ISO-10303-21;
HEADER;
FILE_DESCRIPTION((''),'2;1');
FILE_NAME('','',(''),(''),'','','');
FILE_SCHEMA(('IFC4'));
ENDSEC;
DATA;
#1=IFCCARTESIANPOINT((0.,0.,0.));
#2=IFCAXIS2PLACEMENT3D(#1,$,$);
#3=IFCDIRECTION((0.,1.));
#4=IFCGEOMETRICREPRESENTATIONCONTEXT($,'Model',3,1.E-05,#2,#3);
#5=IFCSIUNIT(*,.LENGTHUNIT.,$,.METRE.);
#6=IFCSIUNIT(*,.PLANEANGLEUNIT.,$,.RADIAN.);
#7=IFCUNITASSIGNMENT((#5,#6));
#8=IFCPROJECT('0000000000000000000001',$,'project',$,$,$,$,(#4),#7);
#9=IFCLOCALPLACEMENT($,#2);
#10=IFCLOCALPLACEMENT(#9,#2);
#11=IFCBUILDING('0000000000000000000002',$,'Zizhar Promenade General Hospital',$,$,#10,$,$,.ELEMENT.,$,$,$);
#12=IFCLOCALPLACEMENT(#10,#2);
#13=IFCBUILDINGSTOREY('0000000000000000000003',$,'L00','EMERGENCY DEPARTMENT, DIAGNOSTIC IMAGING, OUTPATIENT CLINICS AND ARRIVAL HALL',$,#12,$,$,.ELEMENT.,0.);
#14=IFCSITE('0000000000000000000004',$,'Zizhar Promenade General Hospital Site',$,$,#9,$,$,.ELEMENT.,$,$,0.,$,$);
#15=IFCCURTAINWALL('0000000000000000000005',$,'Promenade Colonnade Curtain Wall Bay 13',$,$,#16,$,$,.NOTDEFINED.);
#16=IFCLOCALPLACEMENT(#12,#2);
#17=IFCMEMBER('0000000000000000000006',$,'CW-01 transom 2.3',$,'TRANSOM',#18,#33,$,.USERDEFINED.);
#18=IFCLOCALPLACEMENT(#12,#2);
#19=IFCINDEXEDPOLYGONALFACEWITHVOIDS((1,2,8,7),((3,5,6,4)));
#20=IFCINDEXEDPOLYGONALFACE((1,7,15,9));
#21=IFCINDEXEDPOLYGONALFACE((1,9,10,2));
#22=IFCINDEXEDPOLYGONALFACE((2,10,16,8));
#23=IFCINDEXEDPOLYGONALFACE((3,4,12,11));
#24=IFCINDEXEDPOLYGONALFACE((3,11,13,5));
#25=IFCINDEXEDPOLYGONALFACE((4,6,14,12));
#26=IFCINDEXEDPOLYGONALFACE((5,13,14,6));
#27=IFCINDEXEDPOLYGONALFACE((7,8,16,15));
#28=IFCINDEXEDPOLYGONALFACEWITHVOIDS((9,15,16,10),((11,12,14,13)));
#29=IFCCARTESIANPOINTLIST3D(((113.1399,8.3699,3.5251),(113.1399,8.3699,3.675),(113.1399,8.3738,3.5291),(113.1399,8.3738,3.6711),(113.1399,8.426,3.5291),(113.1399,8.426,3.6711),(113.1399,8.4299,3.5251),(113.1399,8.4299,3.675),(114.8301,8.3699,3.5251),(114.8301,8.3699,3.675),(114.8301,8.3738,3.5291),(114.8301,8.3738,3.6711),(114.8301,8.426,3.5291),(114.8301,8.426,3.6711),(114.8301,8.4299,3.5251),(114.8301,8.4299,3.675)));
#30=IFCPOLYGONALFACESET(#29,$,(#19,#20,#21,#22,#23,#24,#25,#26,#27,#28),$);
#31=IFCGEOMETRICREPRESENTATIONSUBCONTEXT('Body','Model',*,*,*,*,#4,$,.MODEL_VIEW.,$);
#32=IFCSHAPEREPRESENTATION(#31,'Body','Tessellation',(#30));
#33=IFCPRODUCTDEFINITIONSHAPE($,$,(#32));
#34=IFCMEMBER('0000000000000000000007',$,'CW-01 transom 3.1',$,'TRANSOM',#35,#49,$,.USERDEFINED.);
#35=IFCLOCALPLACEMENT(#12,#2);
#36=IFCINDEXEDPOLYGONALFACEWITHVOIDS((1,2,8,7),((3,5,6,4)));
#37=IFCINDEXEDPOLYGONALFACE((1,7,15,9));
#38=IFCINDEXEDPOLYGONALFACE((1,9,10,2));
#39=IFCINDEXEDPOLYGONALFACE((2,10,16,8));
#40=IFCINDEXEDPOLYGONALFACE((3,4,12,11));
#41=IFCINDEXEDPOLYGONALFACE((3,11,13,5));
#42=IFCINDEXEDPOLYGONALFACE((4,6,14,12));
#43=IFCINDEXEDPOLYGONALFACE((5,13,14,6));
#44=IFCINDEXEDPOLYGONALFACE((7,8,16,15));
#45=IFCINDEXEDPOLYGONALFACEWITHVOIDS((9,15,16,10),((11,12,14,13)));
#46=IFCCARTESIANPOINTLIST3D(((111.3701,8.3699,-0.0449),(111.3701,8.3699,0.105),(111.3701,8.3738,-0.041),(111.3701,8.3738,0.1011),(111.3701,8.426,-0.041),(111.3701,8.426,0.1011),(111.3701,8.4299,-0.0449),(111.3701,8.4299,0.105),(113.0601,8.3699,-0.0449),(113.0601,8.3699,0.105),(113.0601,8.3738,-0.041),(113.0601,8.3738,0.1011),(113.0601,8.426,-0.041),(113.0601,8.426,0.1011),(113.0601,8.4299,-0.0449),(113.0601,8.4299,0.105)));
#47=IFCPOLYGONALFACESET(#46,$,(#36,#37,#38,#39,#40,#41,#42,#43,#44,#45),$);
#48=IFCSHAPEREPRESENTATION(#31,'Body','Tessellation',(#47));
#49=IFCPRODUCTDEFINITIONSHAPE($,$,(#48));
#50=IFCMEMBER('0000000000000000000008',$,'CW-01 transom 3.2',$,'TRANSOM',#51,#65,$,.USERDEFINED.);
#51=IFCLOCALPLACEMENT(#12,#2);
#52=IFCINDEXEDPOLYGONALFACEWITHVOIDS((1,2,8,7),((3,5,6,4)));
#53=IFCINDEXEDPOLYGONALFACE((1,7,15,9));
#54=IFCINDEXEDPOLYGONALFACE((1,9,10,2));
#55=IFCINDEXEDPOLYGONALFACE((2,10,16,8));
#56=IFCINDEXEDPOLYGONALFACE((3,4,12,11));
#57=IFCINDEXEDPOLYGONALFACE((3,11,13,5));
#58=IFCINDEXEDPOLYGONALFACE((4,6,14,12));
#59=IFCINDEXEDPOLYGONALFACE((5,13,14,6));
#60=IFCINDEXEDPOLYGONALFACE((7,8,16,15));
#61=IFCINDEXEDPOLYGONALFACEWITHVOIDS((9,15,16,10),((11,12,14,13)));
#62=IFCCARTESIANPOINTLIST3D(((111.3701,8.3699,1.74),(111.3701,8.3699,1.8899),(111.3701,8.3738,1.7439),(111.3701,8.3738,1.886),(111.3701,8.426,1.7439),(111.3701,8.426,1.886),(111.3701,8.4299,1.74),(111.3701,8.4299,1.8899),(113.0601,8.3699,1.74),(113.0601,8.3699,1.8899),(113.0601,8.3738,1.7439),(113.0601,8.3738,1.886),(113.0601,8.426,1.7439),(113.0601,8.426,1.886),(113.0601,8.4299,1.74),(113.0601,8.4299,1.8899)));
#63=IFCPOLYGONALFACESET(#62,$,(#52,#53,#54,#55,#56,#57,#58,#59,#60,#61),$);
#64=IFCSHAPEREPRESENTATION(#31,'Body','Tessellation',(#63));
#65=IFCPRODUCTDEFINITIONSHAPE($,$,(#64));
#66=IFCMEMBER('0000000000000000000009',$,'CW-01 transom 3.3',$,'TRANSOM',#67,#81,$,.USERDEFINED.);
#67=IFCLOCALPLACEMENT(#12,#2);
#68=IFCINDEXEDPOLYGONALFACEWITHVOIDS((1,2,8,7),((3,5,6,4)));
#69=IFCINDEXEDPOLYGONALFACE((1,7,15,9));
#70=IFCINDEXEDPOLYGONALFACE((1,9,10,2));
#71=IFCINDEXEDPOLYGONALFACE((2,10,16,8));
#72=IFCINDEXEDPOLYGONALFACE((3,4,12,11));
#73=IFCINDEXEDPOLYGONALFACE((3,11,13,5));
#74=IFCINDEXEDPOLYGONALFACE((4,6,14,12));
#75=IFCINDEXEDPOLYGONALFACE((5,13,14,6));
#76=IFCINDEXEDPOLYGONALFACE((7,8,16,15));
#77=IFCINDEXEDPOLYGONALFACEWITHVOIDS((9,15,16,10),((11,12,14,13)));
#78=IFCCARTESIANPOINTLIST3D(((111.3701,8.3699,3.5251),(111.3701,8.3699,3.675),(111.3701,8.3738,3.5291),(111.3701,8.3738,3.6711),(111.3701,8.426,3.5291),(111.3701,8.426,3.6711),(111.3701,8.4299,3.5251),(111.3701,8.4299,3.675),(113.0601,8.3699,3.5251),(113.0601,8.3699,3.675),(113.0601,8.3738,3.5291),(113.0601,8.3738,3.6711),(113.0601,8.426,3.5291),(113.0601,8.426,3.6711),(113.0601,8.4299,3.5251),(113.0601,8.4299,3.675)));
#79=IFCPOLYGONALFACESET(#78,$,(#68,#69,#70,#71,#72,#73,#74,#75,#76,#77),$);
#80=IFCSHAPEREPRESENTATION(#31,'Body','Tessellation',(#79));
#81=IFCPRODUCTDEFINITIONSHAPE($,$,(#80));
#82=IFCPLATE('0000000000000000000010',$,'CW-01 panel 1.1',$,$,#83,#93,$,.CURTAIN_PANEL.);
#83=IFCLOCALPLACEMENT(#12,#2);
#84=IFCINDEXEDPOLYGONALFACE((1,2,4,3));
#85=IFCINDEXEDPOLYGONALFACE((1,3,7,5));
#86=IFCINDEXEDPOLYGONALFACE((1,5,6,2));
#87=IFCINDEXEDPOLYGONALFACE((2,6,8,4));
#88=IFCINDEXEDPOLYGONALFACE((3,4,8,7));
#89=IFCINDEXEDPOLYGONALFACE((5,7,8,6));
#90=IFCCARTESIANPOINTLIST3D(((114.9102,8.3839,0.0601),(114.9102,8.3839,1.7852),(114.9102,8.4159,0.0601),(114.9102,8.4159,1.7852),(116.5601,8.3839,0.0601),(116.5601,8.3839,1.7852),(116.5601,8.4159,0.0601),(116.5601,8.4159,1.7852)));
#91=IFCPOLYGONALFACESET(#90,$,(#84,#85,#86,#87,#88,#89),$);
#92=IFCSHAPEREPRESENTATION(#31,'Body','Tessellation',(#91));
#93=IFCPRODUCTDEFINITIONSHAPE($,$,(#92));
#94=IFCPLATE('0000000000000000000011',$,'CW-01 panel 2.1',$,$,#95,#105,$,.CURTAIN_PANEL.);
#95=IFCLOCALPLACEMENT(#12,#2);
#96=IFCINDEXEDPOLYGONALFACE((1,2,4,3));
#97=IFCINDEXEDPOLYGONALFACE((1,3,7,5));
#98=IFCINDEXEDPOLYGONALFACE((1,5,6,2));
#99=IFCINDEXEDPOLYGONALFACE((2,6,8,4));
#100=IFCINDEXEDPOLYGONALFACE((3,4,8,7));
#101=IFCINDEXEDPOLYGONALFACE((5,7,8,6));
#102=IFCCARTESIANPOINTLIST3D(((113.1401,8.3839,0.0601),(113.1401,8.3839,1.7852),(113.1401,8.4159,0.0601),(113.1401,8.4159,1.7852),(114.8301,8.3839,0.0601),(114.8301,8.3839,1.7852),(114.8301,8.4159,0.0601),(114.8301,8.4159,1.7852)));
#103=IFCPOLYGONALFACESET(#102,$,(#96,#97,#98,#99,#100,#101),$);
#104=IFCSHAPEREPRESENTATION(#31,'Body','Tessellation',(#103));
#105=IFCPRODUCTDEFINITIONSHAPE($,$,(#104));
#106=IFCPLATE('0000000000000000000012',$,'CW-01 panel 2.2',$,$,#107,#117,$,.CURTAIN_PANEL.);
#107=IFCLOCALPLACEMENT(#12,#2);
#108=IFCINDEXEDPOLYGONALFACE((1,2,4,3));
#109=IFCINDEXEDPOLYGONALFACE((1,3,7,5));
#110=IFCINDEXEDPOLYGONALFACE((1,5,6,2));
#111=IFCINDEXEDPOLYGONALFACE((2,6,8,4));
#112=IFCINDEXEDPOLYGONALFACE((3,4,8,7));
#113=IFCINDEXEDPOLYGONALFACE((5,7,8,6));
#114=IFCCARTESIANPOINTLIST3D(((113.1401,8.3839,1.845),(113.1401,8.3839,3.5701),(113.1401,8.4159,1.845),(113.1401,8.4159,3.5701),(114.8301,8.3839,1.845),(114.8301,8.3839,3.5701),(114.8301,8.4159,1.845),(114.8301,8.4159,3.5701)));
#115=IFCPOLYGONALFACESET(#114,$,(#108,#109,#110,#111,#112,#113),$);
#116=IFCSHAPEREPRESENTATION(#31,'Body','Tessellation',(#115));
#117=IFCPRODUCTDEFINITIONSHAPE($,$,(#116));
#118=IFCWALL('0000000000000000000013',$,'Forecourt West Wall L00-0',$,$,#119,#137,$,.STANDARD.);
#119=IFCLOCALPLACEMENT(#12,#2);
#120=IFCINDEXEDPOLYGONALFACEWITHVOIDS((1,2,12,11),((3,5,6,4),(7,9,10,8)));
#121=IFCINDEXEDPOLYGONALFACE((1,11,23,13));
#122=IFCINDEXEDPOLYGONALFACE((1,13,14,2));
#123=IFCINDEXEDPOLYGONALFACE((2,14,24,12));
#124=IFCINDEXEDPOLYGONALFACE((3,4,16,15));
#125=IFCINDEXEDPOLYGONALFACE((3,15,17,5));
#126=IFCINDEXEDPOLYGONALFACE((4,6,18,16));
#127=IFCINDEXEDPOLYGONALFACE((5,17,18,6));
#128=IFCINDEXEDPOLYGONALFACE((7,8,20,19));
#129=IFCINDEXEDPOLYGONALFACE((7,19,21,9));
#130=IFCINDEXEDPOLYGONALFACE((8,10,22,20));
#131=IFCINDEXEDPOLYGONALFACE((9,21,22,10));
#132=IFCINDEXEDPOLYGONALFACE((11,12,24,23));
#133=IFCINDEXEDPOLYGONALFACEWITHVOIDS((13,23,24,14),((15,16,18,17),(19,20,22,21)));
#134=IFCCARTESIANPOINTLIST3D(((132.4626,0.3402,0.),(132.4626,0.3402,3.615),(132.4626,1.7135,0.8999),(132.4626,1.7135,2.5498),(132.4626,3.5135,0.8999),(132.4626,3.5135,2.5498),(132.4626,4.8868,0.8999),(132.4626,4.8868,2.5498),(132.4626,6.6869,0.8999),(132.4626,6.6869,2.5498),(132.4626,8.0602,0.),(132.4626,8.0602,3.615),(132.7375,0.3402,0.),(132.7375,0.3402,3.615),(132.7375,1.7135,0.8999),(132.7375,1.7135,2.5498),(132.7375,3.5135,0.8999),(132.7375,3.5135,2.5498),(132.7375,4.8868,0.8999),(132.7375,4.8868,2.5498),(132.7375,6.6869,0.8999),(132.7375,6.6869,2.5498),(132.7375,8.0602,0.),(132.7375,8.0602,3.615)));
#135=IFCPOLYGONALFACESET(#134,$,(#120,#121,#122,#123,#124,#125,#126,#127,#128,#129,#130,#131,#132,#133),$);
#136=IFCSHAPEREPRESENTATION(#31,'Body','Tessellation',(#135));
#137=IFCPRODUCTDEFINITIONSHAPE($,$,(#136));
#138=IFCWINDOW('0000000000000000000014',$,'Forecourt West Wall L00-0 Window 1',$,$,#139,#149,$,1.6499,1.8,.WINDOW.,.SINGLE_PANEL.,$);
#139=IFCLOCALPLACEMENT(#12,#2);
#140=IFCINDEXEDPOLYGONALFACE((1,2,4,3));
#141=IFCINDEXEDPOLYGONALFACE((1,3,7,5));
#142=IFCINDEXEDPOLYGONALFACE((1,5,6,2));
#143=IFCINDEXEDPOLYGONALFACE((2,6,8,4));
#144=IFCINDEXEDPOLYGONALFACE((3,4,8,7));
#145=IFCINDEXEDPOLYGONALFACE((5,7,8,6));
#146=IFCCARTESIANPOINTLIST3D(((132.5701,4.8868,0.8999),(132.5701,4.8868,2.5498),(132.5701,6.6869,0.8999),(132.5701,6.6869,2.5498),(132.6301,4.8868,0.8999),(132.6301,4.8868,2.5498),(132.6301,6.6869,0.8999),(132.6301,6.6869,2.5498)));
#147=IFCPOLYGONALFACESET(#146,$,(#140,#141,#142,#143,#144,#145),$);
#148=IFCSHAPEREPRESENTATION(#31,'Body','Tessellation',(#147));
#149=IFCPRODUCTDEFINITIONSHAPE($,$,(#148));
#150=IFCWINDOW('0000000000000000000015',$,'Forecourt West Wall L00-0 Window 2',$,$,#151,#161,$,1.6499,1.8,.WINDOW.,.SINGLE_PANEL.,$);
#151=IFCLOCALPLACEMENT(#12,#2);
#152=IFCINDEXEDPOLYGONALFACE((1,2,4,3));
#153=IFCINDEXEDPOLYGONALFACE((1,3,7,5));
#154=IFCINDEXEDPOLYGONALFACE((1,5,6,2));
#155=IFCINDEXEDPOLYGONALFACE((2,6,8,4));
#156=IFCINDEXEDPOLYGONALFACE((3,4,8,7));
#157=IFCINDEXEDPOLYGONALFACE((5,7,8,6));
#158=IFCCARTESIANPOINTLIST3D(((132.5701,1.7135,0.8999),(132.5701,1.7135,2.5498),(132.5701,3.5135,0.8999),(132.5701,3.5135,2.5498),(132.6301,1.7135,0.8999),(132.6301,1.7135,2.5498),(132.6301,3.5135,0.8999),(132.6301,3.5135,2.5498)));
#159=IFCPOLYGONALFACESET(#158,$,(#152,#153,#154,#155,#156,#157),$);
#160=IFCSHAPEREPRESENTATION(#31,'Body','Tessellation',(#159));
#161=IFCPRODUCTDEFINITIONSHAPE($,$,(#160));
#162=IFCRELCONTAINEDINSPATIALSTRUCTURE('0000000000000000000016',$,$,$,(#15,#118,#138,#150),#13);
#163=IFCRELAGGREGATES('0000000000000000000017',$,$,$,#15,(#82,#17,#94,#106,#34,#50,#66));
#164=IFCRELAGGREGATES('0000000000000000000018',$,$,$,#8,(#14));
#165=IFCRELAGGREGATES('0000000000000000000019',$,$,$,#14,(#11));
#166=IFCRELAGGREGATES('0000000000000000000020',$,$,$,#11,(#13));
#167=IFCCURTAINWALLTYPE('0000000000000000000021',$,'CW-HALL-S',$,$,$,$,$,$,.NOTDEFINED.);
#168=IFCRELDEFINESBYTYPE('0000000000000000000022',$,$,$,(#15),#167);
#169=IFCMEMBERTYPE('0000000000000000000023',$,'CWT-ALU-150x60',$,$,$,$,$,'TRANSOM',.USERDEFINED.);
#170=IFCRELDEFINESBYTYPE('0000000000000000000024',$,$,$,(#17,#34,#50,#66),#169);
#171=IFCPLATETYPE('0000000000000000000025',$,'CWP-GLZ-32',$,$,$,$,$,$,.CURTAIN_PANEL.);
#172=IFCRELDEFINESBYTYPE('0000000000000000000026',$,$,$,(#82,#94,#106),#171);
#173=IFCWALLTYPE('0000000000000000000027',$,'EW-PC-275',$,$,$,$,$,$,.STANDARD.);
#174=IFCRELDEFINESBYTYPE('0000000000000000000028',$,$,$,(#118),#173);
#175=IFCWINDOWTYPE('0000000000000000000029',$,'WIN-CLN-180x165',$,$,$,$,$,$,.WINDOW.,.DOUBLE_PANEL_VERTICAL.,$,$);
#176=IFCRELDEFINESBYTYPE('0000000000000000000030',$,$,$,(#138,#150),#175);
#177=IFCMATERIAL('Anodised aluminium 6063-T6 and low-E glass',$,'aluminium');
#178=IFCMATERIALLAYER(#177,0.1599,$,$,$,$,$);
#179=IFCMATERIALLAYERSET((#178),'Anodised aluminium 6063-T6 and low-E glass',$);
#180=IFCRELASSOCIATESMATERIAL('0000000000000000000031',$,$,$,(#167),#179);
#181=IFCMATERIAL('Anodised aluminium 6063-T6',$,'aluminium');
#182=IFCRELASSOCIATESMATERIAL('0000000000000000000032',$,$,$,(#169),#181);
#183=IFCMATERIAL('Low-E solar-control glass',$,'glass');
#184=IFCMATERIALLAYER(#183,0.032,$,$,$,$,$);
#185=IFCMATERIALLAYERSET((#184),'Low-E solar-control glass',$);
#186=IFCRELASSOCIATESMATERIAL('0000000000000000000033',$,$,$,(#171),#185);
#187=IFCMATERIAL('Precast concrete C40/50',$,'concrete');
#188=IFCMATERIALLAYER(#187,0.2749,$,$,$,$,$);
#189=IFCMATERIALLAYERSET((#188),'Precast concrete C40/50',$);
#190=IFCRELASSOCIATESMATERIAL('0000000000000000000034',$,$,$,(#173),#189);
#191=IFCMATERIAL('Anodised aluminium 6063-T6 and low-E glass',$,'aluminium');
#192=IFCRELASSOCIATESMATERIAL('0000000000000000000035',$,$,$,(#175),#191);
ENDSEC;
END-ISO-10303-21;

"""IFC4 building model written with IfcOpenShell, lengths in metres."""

from ifc_helpers import new_model, si_unit, direction, frame, frame_2d, origin, origin_2d, place, context, subcontext, project, spatial, rectangle, hollow_rectangle, extrude, material, layer, layer_set, material_profile, profile_set, type_object, element, fill, aggregate, save


model = new_model("IFC4")

# Units and contexts
model_context = context("Model", 3, precision=1e-05, world=origin(), true_north=direction((0.0, 1.0)))
body_context = subcontext(model_context, "Body", "Model", "MODEL_VIEW")
ifc_project = project(units=[si_unit("LENGTHUNIT", "METRE"), si_unit("PLANEANGLEUNIT", "RADIAN")], contexts=[model_context])

# Site, building, storey
site_placement = place(None, origin())
site = spatial("IfcSite", under=ifc_project, at=site_placement, Name="Zizhar Promenade General Hospital Site", CompositionType="ELEMENT", RefElevation=0.0)
building_placement = place(site_placement, origin())
building = spatial("IfcBuilding", under=site, at=building_placement, Name="Zizhar Promenade General Hospital", CompositionType="ELEMENT")
storey_placement = place(building_placement, origin())
storey = spatial("IfcBuildingStorey", under=building, at=storey_placement, Name="L00", Description="EMERGENCY DEPARTMENT, DIAGNOSTIC IMAGING, OUTPATIENT CLINICS AND ARRIVAL HALL", CompositionType="ELEMENT", Elevation=0.0)

# Curtain wall, members, plates
ifc_material_1 = material(Name="Anodised aluminium 6063-T6 and low-E glass", Category="aluminium")
ifc_layer_1 = layer(ifc_material_1, 0.1599)
ifc_layer_set_1 = layer_set([ifc_layer_1], Name="Anodised aluminium 6063-T6 and low-E glass")
curtain_wall_type = type_object("IfcCurtainWallType", Name="CW-HALL-S", PredefinedType="NOTDEFINED", material=ifc_layer_set_1)
curtain_wall_placement = place(storey_placement, origin())
curtain_wall = element("IfcCurtainWall", 1, at=curtain_wall_placement, inside=storey, type_object=curtain_wall_type, Name="Promenade Colonnade Curtain Wall Bay 13", PredefinedType="NOTDEFINED")
ifc_material_2 = material(Name="Anodised aluminium 6063-T6", Category="aluminium")
ifc_material_profile_1 = material_profile(ifc_material_2, hollow_rectangle(XDim=0.0601, YDim=0.1499, WallThickness=0.0039, at=origin_2d()))
ifc_profile_set_1 = profile_set([ifc_material_profile_1], Name="Anodised aluminium 6063-T6")
member_type_1 = type_object("IfcMemberType", Name="CWT-ALU-150x60", ElementType="TRANSOM", PredefinedType="USERDEFINED", material=ifc_profile_set_1)
member_1_placement = place(storey_placement, frame((114.8301, 8.3999, 3.6001), z_axis=(-1.0, 0.0, 0.0), x_axis=(0.0, -1.0, 0.0)))
member_1 = element("IfcMember", 2, at=member_1_placement, type_object=member_type_1, Name="CW-01 transom 2.3", ObjectType="TRANSOM", PredefinedType="USERDEFINED", context=body_context, shape_type="SweptSolid", body=[
    extrude(hollow_rectangle(XDim=0.0601, YDim=0.1499, WallThickness=0.0039, at=origin_2d()), origin(), (0.0, 0.0, 1.0), 1.6902),
])
member_2_placement = place(storey_placement, frame((113.0601, 8.3999, 0.03), z_axis=(-1.0, 0.0, 0.0), x_axis=(0.0, -1.0, 0.0)))
member_2 = element("IfcMember", 3, at=member_2_placement, type_object=member_type_1, Name="CW-01 transom 3.1", ObjectType="TRANSOM", PredefinedType="USERDEFINED", context=body_context, shape_type="SweptSolid", body=[
    extrude(hollow_rectangle(XDim=0.0601, YDim=0.1499, WallThickness=0.0039, at=origin_2d()), origin(), (0.0, 0.0, 1.0), 1.6899),
])
member_3_placement = place(storey_placement, frame((113.0601, 8.3999, 1.8149), z_axis=(-1.0, 0.0, 0.0), x_axis=(0.0, -1.0, 0.0)))
member_3 = element("IfcMember", 4, at=member_3_placement, type_object=member_type_1, Name="CW-01 transom 3.2", ObjectType="TRANSOM", PredefinedType="USERDEFINED", context=body_context, shape_type="SweptSolid", body=[
    extrude(hollow_rectangle(XDim=0.0601, YDim=0.1499, WallThickness=0.0039, at=origin_2d()), origin(), (0.0, 0.0, 1.0), 1.6899),
])
member_4_placement = place(storey_placement, frame((113.0601, 8.3999, 3.6001), z_axis=(-1.0, 0.0, 0.0), x_axis=(0.0, -1.0, 0.0)))
member_4 = element("IfcMember", 5, at=member_4_placement, type_object=member_type_1, Name="CW-01 transom 3.3", ObjectType="TRANSOM", PredefinedType="USERDEFINED", context=body_context, shape_type="SweptSolid", body=[
    extrude(hollow_rectangle(XDim=0.0601, YDim=0.1499, WallThickness=0.0039, at=origin_2d()), origin(), (0.0, 0.0, 1.0), 1.6899),
])
ifc_material_3 = material(Name="Low-E solar-control glass", Category="glass")
ifc_layer_2 = layer(ifc_material_3, 0.032)
ifc_layer_set_2 = layer_set([ifc_layer_2], Name="Low-E solar-control glass")
plate_type = type_object("IfcPlateType", Name="CWP-GLZ-32", PredefinedType="CURTAIN_PANEL", material=ifc_layer_set_2)
plate_1_placement = place(storey_placement, frame((115.7351, 8.3999, 0.0601), z_axis=(0.0, 0.0, 1.0), x_axis=(-1.0, 0.0, 0.0)))
plate_1 = element("IfcPlate", 6, at=plate_1_placement, type_object=plate_type, Name="CW-01 panel 1.1", PredefinedType="CURTAIN_PANEL", context=body_context, shape_type="SweptSolid", body=[
    extrude(rectangle(XDim=1.6499, YDim=0.032, at=origin_2d()), origin(), (0.0, 0.0, 1.0), 1.7251),
])
plate_2_placement = place(storey_placement, frame((113.9851, 8.3999, 0.0601), z_axis=(0.0, 0.0, 1.0), x_axis=(-1.0, 0.0, 0.0)))
plate_2 = element("IfcPlate", 7, at=plate_2_placement, type_object=plate_type, Name="CW-01 panel 2.1", PredefinedType="CURTAIN_PANEL", context=body_context, shape_type="SweptSolid", body=[
    extrude(rectangle(XDim=1.6899, YDim=0.032, at=origin_2d()), origin(), (0.0, 0.0, 1.0), 1.7251),
])
plate_3_placement = place(storey_placement, frame((113.9851, 8.3999, 1.845), z_axis=(0.0, 0.0, 1.0), x_axis=(-1.0, 0.0, 0.0)))
plate_3 = element("IfcPlate", 8, at=plate_3_placement, type_object=plate_type, Name="CW-01 panel 2.2", PredefinedType="CURTAIN_PANEL", context=body_context, shape_type="SweptSolid", body=[
    extrude(rectangle(XDim=1.6899, YDim=0.032, at=origin_2d()), origin(), (0.0, 0.0, 1.0), 1.7251),
])
aggregate(curtain_wall, [plate_1, member_1, plate_2, plate_3, member_2, member_3, member_4])

# Wall, openings, windows
ifc_material_4 = material(Name="Precast concrete C40/50", Category="concrete")
ifc_layer_3 = layer(ifc_material_4, 0.2749)
ifc_layer_set_3 = layer_set([ifc_layer_3], Name="Precast concrete C40/50")
wall_type = type_object("IfcWallType", Name="EW-PC-275", PredefinedType="STANDARD", material=ifc_layer_set_3)
wall_placement = place(storey_placement, frame((132.6001, 8.0601, 0.0), z_axis=(0.0, 0.0, 1.0), x_axis=(0.0, -1.0, 0.0)))
wall = element("IfcWall", 9, at=wall_placement, inside=storey, type_object=wall_type, Name="Forecourt West Wall L00-0", PredefinedType="STANDARD", context=body_context, shape_type="SweptSolid", body=[
    extrude(rectangle(XDim=7.72, YDim=0.2749, at=frame_2d((3.8599, 0.0))), origin(), (0.0, 0.0, 1.0), 3.615),
])
opening_1_placement = place(wall_placement, frame((1.3733, 0.0, 0.8999)))
opening_1 = element("IfcOpeningElement", 10, at=opening_1_placement, cuts=wall, PredefinedType="OPENING", context=body_context, shape_type="SweptSolid", body=[
    extrude(rectangle(XDim=1.8, YDim=1.6499, at=frame_2d((0.8999, 0.825))), frame((0.0, 0.1475, 0.0), z_axis=(0.0, -1.0, 0.0), x_axis=(1.0, 0.0, 0.0)), (0.0, 0.0, 1.0), 0.2949),
])
opening_2_placement = place(wall_placement, frame((4.5466, 0.0, 0.8999)))
opening_2 = element("IfcOpeningElement", 11, at=opening_2_placement, cuts=wall, PredefinedType="OPENING", context=body_context, shape_type="SweptSolid", body=[
    extrude(rectangle(XDim=1.8, YDim=1.6499, at=frame_2d((0.8999, 0.825))), frame((0.0, 0.1475, 0.0), z_axis=(0.0, -1.0, 0.0), x_axis=(1.0, 0.0, 0.0)), (0.0, 0.0, 1.0), 0.2949),
])
ifc_material_5 = material(Name="Anodised aluminium 6063-T6 and low-E glass", Category="aluminium")
window_type = type_object("IfcWindowType", Name="WIN-CLN-180x165", PartitioningType="DOUBLE_PANEL_VERTICAL", PredefinedType="WINDOW", material=ifc_material_5)
window_1_placement = place(opening_1_placement, origin())
window_1 = element("IfcWindow", 12, at=window_1_placement, inside=storey, type_object=window_type, Name="Forecourt West Wall L00-0 Window 1", OverallHeight=1.6499, OverallWidth=1.8, PartitioningType="SINGLE_PANEL", PredefinedType="WINDOW", context=body_context, shape_type="SweptSolid", body=[
    extrude(rectangle(XDim=1.8, YDim=1.6499, at=frame_2d((0.8999, 0.825))), frame((0.0, 0.03, 0.0), z_axis=(0.0, -1.0, 0.0), x_axis=(1.0, 0.0, 0.0)), (0.0, 0.0, 1.0), 0.0601),
])
fill(opening_1, window_1)
window_2_placement = place(opening_2_placement, origin())
window_2 = element("IfcWindow", 13, at=window_2_placement, inside=storey, type_object=window_type, Name="Forecourt West Wall L00-0 Window 2", OverallHeight=1.6499, OverallWidth=1.8, PartitioningType="SINGLE_PANEL", PredefinedType="WINDOW", context=body_context, shape_type="SweptSolid", body=[
    extrude(rectangle(XDim=1.8, YDim=1.6499, at=frame_2d((0.8999, 0.825))), frame((0.0, 0.03, 0.0), z_axis=(0.0, -1.0, 0.0), x_axis=(1.0, 0.0, 0.0)), (0.0, 0.0, 1.0), 0.0601),
])
fill(opening_2, window_2)

save(model, "model.ifc")
